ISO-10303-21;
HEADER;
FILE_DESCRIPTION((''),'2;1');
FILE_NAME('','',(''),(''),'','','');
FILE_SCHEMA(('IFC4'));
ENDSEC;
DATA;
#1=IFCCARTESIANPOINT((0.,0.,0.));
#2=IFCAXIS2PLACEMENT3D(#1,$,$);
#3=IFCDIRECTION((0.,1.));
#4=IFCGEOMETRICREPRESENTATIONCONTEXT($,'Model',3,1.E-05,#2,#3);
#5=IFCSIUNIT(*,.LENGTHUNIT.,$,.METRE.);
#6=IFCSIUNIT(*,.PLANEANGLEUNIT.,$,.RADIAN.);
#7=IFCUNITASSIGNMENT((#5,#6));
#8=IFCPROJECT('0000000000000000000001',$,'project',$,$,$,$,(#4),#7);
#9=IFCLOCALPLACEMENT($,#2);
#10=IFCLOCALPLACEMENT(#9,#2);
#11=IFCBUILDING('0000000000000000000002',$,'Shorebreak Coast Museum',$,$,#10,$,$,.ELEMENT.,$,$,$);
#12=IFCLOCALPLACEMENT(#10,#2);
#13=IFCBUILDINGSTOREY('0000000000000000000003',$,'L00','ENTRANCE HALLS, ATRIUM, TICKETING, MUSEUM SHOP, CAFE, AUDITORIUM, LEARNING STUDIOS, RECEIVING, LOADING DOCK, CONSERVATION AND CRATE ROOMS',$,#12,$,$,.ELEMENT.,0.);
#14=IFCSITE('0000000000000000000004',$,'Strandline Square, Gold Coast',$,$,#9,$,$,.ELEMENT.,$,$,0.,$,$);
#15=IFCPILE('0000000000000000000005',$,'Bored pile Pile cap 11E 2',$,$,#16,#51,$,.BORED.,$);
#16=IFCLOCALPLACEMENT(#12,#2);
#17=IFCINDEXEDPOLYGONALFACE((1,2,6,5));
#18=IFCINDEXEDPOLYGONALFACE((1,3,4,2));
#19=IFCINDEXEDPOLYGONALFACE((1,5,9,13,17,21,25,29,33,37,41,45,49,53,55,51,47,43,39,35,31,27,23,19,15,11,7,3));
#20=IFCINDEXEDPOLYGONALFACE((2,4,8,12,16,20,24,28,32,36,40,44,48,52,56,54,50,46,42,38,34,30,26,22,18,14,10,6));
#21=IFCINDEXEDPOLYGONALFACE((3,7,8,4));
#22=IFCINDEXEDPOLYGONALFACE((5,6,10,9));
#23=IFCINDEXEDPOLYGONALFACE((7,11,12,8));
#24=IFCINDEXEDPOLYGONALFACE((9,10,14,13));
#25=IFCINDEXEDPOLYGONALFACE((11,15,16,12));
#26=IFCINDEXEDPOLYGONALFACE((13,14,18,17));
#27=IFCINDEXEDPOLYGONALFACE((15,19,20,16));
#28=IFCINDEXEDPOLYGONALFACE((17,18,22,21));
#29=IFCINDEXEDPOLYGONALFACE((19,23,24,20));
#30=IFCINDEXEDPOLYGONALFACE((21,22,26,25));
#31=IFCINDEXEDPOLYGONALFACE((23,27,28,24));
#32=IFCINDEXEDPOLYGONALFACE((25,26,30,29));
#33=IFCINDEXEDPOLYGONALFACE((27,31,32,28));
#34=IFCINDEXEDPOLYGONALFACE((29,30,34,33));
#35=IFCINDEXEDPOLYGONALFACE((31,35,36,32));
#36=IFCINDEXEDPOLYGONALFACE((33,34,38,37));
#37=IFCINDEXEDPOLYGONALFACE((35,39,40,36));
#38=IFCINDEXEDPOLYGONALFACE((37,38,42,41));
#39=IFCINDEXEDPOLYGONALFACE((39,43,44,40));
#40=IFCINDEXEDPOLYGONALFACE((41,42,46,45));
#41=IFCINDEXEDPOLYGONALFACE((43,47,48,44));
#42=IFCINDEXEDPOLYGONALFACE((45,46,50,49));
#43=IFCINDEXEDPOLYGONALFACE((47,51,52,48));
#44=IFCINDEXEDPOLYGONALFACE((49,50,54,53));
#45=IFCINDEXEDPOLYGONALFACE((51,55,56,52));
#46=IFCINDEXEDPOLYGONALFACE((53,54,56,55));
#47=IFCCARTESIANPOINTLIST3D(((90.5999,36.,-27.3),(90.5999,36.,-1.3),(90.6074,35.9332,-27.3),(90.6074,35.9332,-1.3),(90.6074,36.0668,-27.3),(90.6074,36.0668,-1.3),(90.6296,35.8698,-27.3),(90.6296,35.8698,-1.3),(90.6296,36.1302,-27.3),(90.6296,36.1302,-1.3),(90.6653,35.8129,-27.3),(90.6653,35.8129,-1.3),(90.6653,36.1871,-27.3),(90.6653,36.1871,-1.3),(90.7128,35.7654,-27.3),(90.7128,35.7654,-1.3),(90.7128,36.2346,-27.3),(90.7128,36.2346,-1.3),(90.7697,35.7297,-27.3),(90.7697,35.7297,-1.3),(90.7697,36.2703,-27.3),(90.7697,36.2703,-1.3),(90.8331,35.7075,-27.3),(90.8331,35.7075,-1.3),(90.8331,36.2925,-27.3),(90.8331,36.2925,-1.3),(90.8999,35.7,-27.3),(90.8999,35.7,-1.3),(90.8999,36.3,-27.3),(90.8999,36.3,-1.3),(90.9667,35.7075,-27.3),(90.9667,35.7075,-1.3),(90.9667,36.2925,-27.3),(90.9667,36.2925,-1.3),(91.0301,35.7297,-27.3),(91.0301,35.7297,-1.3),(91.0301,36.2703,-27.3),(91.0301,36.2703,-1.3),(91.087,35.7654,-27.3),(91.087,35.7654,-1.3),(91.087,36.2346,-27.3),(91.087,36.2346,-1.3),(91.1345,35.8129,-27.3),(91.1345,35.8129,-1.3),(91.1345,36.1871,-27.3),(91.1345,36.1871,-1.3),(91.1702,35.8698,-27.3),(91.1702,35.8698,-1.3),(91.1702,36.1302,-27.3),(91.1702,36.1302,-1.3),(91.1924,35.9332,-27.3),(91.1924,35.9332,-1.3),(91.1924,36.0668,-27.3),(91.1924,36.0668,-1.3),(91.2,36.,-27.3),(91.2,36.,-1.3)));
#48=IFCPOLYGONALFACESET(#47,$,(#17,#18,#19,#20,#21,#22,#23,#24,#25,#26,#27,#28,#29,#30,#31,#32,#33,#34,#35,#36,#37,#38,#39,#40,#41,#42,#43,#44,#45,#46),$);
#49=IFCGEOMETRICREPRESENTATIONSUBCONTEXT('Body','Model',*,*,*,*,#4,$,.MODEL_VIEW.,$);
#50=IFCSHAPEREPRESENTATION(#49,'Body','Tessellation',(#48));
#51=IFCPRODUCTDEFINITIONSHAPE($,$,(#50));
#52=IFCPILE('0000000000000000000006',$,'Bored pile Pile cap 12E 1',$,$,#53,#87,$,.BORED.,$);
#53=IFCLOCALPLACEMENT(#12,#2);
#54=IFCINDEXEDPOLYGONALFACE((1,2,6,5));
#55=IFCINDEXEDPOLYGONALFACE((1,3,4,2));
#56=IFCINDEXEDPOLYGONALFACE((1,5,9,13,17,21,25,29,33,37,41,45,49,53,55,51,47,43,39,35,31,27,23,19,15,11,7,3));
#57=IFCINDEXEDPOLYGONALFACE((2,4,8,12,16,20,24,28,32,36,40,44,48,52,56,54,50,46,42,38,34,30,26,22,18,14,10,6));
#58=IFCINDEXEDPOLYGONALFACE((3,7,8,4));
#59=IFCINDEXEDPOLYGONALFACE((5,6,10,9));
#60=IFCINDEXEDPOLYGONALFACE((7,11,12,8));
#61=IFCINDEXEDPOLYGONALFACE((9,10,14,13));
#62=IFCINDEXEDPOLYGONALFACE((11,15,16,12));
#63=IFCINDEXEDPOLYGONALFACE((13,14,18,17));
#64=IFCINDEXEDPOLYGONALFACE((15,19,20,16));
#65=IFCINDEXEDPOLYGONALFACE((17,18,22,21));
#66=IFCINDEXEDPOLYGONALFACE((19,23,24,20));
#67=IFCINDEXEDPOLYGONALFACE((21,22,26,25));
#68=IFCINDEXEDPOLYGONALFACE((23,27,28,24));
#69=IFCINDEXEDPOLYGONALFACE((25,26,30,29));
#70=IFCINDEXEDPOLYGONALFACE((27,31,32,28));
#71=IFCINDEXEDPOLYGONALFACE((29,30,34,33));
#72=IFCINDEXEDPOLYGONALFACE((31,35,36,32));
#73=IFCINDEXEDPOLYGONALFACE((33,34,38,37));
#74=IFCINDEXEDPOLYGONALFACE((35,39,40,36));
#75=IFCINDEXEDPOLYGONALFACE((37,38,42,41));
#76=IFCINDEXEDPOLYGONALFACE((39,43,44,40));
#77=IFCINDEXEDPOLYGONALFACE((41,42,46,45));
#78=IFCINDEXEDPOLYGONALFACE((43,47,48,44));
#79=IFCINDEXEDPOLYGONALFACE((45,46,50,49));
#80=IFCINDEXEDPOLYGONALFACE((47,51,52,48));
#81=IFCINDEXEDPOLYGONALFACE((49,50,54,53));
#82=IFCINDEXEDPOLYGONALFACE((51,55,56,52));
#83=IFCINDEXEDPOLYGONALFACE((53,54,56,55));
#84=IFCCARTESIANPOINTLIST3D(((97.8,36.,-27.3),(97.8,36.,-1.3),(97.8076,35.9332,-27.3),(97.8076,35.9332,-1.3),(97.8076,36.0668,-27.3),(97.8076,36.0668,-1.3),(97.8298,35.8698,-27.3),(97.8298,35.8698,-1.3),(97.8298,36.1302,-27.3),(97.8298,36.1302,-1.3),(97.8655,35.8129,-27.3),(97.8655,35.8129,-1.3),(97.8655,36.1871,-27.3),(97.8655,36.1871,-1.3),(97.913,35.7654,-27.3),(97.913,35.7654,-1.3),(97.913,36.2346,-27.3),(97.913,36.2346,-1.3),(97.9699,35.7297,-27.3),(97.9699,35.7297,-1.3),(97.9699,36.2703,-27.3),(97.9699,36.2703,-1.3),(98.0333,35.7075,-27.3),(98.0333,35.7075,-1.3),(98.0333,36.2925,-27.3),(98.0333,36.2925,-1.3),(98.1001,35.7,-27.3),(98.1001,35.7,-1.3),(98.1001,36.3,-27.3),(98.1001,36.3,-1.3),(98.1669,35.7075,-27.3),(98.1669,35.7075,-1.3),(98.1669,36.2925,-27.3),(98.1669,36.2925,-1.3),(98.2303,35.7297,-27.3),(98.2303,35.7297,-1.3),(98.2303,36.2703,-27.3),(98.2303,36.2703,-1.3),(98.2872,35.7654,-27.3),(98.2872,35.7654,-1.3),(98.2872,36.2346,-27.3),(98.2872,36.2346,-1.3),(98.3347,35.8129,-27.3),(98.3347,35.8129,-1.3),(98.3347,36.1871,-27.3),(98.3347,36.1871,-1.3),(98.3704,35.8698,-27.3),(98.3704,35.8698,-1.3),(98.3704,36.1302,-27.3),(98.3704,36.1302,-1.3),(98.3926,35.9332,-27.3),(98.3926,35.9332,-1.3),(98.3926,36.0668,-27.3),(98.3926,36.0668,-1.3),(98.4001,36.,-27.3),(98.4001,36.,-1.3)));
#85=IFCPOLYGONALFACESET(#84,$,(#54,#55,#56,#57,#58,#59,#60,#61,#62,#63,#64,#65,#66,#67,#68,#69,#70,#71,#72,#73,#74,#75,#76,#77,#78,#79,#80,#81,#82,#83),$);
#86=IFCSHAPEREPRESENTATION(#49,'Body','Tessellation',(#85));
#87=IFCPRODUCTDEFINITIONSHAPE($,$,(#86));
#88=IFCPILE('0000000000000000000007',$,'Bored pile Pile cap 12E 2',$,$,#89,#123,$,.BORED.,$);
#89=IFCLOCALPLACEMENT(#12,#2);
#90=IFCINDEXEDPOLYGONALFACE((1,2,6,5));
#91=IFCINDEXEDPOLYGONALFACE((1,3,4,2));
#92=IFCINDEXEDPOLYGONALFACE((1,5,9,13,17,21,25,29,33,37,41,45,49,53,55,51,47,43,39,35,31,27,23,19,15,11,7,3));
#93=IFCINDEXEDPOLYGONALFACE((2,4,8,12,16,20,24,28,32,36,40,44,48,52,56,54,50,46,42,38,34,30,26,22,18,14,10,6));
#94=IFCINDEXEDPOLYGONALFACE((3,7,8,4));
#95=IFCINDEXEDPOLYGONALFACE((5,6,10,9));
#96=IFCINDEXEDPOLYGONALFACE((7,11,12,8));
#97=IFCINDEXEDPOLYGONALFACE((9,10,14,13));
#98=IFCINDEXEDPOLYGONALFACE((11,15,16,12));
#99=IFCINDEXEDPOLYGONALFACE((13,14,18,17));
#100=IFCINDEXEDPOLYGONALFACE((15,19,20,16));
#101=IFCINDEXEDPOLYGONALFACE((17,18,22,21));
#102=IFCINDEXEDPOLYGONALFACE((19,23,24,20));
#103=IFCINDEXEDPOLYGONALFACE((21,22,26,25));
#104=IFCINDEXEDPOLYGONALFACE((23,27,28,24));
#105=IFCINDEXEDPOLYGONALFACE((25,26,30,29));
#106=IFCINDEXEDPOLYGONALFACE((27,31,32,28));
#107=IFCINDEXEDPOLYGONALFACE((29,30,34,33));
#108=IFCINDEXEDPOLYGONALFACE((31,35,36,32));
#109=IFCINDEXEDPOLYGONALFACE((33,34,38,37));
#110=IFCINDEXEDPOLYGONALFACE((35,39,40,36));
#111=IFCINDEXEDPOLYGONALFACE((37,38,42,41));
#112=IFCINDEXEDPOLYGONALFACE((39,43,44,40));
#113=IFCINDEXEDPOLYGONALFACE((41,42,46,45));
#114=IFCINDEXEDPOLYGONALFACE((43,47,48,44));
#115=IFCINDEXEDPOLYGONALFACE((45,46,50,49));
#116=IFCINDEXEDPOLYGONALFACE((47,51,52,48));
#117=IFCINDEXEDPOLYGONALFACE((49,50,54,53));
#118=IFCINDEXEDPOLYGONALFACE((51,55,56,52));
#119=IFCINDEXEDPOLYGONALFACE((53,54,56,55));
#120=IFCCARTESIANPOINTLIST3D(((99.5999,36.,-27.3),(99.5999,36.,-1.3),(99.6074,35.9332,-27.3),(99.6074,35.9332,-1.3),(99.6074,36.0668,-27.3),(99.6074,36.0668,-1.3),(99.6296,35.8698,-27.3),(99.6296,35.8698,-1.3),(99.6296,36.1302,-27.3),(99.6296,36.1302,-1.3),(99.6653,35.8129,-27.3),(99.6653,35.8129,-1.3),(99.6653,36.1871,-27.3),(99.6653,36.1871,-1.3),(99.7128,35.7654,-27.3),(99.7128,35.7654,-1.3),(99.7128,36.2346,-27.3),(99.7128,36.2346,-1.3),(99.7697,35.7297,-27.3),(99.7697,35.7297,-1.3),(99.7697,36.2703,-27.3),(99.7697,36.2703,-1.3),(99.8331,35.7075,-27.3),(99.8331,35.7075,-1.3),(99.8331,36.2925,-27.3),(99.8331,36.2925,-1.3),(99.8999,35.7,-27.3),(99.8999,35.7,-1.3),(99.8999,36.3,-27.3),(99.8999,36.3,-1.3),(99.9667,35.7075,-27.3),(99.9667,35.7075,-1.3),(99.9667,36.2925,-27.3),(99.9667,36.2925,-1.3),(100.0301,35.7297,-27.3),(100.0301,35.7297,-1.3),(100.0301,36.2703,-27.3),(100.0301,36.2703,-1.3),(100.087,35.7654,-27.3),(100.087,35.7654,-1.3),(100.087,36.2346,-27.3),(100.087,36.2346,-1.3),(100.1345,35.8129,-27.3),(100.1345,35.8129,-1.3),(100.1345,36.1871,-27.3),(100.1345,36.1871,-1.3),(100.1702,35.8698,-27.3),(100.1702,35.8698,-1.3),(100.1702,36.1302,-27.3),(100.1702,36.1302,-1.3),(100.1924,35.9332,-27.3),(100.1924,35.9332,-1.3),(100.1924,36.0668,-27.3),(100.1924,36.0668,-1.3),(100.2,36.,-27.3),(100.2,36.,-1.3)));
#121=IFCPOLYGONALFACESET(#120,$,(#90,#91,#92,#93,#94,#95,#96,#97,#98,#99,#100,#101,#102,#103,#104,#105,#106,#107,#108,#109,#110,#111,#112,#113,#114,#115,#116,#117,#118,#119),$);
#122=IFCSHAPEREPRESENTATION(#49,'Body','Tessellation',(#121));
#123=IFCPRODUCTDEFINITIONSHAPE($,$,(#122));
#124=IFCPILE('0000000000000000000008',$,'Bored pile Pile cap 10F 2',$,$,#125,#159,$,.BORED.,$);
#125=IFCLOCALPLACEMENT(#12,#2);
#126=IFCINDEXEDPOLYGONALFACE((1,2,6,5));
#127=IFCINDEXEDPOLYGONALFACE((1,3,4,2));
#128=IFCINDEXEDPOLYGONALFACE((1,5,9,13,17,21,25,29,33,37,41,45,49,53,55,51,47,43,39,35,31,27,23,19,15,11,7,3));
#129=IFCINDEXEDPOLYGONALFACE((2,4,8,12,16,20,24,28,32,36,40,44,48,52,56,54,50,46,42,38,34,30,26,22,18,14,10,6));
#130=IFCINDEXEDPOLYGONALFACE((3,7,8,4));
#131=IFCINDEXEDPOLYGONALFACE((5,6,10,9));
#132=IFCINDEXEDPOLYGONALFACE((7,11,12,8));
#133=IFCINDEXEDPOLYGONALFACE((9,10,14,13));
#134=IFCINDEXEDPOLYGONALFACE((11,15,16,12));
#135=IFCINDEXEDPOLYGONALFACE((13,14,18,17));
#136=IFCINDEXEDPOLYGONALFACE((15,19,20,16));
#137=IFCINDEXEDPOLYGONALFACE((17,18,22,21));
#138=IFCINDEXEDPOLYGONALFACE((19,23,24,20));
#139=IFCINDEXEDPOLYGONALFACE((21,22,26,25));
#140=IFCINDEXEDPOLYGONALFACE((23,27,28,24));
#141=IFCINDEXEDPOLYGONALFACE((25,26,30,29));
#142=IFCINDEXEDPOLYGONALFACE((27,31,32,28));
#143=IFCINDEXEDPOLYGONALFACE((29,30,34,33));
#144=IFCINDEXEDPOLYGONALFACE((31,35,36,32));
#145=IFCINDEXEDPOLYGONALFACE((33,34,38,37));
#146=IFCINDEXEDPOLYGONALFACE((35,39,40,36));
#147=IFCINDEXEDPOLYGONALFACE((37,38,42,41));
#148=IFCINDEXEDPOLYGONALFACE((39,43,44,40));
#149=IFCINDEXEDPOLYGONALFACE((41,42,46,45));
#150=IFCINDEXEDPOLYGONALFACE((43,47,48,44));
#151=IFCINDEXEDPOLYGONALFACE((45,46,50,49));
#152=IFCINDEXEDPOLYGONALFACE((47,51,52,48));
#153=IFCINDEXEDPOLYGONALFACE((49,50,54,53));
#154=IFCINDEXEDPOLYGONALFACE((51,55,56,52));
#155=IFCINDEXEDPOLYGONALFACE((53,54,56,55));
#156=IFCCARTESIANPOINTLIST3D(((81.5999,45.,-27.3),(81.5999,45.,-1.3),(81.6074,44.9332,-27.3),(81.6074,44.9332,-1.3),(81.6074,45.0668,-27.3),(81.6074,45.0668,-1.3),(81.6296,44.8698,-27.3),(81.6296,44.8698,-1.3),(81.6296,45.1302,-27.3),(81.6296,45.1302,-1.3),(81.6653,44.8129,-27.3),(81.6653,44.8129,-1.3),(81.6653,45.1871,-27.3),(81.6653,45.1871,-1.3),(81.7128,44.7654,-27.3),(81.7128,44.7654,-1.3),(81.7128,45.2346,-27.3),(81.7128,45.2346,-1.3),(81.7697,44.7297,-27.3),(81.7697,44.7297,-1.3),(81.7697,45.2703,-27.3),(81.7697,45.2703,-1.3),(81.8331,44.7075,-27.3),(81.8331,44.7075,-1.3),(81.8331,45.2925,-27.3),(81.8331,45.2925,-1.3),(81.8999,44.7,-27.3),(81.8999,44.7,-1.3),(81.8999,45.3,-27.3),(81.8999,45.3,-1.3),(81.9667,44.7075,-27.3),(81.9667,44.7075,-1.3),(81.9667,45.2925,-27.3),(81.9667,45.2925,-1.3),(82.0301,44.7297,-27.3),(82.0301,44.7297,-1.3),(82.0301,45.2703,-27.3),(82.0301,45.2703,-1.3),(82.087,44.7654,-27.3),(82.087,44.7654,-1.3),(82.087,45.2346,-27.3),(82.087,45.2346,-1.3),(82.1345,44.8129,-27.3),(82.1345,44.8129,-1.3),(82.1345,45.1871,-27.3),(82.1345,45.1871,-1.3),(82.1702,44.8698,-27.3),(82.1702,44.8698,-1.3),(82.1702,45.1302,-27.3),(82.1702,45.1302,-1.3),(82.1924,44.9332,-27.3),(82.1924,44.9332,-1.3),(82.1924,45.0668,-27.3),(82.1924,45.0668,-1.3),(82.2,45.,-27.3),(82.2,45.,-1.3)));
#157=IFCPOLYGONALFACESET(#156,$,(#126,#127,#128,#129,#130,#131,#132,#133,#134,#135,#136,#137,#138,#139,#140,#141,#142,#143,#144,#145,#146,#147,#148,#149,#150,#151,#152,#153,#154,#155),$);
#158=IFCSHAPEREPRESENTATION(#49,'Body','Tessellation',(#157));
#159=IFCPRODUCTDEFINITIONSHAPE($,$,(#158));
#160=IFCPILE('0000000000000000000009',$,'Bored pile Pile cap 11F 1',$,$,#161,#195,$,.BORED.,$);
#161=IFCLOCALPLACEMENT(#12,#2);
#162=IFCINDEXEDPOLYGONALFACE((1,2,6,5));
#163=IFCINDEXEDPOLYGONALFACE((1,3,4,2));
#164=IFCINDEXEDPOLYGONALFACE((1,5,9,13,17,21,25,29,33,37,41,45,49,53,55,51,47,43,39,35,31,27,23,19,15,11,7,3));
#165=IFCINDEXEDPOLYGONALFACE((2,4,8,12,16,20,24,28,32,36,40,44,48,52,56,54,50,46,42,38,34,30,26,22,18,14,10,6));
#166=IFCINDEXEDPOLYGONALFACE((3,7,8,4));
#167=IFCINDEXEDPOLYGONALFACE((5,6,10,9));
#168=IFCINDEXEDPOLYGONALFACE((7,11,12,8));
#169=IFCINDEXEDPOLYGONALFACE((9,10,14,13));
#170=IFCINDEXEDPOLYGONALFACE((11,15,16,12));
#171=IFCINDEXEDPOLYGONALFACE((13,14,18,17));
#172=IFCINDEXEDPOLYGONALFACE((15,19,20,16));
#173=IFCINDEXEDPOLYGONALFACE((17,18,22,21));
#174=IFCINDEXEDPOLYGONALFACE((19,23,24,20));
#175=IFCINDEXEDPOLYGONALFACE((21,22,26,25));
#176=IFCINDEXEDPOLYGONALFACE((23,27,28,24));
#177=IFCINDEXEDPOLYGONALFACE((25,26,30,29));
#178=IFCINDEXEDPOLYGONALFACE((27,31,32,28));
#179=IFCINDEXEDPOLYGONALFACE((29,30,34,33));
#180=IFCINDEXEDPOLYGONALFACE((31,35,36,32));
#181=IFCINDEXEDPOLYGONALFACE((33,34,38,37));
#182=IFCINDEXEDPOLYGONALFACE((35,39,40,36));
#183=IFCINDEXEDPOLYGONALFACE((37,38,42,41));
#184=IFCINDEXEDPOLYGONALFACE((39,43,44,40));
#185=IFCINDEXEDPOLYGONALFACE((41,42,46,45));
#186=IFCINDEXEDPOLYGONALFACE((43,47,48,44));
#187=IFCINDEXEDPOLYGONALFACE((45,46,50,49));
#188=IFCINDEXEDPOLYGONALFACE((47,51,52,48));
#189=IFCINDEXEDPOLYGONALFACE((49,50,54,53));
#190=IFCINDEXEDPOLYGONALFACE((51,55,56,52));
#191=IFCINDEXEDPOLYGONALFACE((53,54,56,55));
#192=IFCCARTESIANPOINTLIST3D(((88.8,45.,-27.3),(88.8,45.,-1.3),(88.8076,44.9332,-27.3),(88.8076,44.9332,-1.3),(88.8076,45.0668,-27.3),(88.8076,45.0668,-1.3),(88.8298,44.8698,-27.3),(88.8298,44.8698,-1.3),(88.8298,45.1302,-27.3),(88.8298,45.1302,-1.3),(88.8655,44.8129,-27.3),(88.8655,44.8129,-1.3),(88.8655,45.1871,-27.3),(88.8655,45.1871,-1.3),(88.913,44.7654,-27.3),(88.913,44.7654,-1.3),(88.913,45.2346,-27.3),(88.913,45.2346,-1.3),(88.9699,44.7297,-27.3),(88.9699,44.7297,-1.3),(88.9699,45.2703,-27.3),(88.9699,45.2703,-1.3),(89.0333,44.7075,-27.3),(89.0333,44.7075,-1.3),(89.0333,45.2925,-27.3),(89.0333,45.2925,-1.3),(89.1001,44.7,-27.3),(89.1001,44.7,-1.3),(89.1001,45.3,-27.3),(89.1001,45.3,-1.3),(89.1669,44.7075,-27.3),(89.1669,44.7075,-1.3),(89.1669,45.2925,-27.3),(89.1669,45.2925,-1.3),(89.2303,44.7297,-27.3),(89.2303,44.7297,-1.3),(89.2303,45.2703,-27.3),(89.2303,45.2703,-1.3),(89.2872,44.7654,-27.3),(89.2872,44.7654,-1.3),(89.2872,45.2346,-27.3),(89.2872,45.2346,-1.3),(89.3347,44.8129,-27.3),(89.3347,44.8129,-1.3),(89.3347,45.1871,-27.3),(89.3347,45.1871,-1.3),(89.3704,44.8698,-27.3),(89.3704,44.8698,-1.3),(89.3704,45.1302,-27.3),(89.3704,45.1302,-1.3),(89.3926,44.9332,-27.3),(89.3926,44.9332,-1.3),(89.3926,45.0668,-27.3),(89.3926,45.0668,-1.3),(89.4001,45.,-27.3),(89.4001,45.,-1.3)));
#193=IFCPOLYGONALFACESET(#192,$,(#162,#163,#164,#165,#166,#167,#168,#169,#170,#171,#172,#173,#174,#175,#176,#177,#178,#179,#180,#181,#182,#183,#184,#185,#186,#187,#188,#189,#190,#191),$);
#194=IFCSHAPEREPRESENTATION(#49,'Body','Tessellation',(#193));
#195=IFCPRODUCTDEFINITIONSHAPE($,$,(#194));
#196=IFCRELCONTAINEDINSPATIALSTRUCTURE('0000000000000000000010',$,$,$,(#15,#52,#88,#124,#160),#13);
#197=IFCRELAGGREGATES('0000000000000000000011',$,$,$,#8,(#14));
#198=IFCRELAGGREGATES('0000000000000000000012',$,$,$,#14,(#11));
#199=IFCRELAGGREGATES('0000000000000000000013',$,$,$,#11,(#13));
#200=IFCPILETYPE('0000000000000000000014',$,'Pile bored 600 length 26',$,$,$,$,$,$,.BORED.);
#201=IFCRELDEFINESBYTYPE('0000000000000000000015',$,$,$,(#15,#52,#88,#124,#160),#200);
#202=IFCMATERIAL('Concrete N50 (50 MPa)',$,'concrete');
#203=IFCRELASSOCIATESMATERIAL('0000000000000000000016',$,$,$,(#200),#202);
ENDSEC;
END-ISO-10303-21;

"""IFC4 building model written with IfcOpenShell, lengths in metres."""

from ifc_helpers import new_model, si_unit, direction, frame, origin, origin_2d, place, context, subcontext, project, spatial, circle, extrude, material, material_profile, profile_set, type_object, element, save


model = new_model("IFC4")

# Units and contexts
model_context = context("Model", 3, precision=1e-05, world=origin(), true_north=direction((0.0, 1.0)))
body_context = subcontext(model_context, "Body", "Model", "MODEL_VIEW")
ifc_project = project(units=[si_unit("LENGTHUNIT", "METRE"), si_unit("PLANEANGLEUNIT", "RADIAN")], contexts=[model_context])

# Site, building, storey
site_placement = place(None, origin())
site = spatial("IfcSite", under=ifc_project, at=site_placement, Name="Strandline Square, Gold Coast", CompositionType="ELEMENT", RefElevation=0.0)
building_placement = place(site_placement, origin())
building = spatial("IfcBuilding", under=site, at=building_placement, Name="Shorebreak Coast Museum", CompositionType="ELEMENT")
storey_placement = place(building_placement, origin())
storey = spatial("IfcBuildingStorey", under=building, at=storey_placement, Name="L00", Description="ENTRANCE HALLS, ATRIUM, TICKETING, MUSEUM SHOP, CAFE, AUDITORIUM, LEARNING STUDIOS, RECEIVING, LOADING DOCK, CONSERVATION AND CRATE ROOMS", CompositionType="ELEMENT", Elevation=0.0)

# Piles
ifc_material_1 = material(Name="Concrete N50 (50 MPa)", Category="concrete")
ifc_material_profile_1 = material_profile(ifc_material_1, circle(Radius=0.3, at=origin_2d()), Name="Pile bored 600 length 26")
ifc_profile_set_1 = profile_set([ifc_material_profile_1], Name="Concrete N50 (50 MPa)")
pile_type = type_object("IfcPileType", Name="Pile bored 600 length 26", PredefinedType="BORED", material=ifc_profile_set_1)
for number, where, z_axis, x_axis, name in (
    (1, (90.8999, 36.0, -1.3), (0.0, 0.0, -1.0), (1.0, 0.0, 0.0), "Bored pile Pile cap 11E 2"),
    (2, (98.1001, 36.0, -1.3), (0.0, 0.0, -1.0), (1.0, 0.0, 0.0), "Bored pile Pile cap 12E 1"),
    (3, (99.8999, 36.0, -1.3), (0.0, 0.0, -1.0), (1.0, 0.0, 0.0), "Bored pile Pile cap 12E 2"),
    (4, (81.8999, 45.0, -1.3), (0.0, 0.0, -1.0), (1.0, 0.0, 0.0), "Bored pile Pile cap 10F 2"),
    (5, (89.1001, 45.0, -1.3), (0.0, 0.0, -1.0), (1.0, 0.0, 0.0), "Bored pile Pile cap 11F 1"),
):
    element("IfcPile", number, at=place(storey_placement, frame(where, z_axis=z_axis, x_axis=x_axis)), inside=storey, type_object=pile_type, Name=name, PredefinedType="BORED", context=body_context, shape_type="SweptSolid", body=[
        extrude(circle(Radius=0.3, at=origin_2d()), origin(), (0.0, 0.0, 1.0), 26.0),
    ])

save(model, "model.ifc")
